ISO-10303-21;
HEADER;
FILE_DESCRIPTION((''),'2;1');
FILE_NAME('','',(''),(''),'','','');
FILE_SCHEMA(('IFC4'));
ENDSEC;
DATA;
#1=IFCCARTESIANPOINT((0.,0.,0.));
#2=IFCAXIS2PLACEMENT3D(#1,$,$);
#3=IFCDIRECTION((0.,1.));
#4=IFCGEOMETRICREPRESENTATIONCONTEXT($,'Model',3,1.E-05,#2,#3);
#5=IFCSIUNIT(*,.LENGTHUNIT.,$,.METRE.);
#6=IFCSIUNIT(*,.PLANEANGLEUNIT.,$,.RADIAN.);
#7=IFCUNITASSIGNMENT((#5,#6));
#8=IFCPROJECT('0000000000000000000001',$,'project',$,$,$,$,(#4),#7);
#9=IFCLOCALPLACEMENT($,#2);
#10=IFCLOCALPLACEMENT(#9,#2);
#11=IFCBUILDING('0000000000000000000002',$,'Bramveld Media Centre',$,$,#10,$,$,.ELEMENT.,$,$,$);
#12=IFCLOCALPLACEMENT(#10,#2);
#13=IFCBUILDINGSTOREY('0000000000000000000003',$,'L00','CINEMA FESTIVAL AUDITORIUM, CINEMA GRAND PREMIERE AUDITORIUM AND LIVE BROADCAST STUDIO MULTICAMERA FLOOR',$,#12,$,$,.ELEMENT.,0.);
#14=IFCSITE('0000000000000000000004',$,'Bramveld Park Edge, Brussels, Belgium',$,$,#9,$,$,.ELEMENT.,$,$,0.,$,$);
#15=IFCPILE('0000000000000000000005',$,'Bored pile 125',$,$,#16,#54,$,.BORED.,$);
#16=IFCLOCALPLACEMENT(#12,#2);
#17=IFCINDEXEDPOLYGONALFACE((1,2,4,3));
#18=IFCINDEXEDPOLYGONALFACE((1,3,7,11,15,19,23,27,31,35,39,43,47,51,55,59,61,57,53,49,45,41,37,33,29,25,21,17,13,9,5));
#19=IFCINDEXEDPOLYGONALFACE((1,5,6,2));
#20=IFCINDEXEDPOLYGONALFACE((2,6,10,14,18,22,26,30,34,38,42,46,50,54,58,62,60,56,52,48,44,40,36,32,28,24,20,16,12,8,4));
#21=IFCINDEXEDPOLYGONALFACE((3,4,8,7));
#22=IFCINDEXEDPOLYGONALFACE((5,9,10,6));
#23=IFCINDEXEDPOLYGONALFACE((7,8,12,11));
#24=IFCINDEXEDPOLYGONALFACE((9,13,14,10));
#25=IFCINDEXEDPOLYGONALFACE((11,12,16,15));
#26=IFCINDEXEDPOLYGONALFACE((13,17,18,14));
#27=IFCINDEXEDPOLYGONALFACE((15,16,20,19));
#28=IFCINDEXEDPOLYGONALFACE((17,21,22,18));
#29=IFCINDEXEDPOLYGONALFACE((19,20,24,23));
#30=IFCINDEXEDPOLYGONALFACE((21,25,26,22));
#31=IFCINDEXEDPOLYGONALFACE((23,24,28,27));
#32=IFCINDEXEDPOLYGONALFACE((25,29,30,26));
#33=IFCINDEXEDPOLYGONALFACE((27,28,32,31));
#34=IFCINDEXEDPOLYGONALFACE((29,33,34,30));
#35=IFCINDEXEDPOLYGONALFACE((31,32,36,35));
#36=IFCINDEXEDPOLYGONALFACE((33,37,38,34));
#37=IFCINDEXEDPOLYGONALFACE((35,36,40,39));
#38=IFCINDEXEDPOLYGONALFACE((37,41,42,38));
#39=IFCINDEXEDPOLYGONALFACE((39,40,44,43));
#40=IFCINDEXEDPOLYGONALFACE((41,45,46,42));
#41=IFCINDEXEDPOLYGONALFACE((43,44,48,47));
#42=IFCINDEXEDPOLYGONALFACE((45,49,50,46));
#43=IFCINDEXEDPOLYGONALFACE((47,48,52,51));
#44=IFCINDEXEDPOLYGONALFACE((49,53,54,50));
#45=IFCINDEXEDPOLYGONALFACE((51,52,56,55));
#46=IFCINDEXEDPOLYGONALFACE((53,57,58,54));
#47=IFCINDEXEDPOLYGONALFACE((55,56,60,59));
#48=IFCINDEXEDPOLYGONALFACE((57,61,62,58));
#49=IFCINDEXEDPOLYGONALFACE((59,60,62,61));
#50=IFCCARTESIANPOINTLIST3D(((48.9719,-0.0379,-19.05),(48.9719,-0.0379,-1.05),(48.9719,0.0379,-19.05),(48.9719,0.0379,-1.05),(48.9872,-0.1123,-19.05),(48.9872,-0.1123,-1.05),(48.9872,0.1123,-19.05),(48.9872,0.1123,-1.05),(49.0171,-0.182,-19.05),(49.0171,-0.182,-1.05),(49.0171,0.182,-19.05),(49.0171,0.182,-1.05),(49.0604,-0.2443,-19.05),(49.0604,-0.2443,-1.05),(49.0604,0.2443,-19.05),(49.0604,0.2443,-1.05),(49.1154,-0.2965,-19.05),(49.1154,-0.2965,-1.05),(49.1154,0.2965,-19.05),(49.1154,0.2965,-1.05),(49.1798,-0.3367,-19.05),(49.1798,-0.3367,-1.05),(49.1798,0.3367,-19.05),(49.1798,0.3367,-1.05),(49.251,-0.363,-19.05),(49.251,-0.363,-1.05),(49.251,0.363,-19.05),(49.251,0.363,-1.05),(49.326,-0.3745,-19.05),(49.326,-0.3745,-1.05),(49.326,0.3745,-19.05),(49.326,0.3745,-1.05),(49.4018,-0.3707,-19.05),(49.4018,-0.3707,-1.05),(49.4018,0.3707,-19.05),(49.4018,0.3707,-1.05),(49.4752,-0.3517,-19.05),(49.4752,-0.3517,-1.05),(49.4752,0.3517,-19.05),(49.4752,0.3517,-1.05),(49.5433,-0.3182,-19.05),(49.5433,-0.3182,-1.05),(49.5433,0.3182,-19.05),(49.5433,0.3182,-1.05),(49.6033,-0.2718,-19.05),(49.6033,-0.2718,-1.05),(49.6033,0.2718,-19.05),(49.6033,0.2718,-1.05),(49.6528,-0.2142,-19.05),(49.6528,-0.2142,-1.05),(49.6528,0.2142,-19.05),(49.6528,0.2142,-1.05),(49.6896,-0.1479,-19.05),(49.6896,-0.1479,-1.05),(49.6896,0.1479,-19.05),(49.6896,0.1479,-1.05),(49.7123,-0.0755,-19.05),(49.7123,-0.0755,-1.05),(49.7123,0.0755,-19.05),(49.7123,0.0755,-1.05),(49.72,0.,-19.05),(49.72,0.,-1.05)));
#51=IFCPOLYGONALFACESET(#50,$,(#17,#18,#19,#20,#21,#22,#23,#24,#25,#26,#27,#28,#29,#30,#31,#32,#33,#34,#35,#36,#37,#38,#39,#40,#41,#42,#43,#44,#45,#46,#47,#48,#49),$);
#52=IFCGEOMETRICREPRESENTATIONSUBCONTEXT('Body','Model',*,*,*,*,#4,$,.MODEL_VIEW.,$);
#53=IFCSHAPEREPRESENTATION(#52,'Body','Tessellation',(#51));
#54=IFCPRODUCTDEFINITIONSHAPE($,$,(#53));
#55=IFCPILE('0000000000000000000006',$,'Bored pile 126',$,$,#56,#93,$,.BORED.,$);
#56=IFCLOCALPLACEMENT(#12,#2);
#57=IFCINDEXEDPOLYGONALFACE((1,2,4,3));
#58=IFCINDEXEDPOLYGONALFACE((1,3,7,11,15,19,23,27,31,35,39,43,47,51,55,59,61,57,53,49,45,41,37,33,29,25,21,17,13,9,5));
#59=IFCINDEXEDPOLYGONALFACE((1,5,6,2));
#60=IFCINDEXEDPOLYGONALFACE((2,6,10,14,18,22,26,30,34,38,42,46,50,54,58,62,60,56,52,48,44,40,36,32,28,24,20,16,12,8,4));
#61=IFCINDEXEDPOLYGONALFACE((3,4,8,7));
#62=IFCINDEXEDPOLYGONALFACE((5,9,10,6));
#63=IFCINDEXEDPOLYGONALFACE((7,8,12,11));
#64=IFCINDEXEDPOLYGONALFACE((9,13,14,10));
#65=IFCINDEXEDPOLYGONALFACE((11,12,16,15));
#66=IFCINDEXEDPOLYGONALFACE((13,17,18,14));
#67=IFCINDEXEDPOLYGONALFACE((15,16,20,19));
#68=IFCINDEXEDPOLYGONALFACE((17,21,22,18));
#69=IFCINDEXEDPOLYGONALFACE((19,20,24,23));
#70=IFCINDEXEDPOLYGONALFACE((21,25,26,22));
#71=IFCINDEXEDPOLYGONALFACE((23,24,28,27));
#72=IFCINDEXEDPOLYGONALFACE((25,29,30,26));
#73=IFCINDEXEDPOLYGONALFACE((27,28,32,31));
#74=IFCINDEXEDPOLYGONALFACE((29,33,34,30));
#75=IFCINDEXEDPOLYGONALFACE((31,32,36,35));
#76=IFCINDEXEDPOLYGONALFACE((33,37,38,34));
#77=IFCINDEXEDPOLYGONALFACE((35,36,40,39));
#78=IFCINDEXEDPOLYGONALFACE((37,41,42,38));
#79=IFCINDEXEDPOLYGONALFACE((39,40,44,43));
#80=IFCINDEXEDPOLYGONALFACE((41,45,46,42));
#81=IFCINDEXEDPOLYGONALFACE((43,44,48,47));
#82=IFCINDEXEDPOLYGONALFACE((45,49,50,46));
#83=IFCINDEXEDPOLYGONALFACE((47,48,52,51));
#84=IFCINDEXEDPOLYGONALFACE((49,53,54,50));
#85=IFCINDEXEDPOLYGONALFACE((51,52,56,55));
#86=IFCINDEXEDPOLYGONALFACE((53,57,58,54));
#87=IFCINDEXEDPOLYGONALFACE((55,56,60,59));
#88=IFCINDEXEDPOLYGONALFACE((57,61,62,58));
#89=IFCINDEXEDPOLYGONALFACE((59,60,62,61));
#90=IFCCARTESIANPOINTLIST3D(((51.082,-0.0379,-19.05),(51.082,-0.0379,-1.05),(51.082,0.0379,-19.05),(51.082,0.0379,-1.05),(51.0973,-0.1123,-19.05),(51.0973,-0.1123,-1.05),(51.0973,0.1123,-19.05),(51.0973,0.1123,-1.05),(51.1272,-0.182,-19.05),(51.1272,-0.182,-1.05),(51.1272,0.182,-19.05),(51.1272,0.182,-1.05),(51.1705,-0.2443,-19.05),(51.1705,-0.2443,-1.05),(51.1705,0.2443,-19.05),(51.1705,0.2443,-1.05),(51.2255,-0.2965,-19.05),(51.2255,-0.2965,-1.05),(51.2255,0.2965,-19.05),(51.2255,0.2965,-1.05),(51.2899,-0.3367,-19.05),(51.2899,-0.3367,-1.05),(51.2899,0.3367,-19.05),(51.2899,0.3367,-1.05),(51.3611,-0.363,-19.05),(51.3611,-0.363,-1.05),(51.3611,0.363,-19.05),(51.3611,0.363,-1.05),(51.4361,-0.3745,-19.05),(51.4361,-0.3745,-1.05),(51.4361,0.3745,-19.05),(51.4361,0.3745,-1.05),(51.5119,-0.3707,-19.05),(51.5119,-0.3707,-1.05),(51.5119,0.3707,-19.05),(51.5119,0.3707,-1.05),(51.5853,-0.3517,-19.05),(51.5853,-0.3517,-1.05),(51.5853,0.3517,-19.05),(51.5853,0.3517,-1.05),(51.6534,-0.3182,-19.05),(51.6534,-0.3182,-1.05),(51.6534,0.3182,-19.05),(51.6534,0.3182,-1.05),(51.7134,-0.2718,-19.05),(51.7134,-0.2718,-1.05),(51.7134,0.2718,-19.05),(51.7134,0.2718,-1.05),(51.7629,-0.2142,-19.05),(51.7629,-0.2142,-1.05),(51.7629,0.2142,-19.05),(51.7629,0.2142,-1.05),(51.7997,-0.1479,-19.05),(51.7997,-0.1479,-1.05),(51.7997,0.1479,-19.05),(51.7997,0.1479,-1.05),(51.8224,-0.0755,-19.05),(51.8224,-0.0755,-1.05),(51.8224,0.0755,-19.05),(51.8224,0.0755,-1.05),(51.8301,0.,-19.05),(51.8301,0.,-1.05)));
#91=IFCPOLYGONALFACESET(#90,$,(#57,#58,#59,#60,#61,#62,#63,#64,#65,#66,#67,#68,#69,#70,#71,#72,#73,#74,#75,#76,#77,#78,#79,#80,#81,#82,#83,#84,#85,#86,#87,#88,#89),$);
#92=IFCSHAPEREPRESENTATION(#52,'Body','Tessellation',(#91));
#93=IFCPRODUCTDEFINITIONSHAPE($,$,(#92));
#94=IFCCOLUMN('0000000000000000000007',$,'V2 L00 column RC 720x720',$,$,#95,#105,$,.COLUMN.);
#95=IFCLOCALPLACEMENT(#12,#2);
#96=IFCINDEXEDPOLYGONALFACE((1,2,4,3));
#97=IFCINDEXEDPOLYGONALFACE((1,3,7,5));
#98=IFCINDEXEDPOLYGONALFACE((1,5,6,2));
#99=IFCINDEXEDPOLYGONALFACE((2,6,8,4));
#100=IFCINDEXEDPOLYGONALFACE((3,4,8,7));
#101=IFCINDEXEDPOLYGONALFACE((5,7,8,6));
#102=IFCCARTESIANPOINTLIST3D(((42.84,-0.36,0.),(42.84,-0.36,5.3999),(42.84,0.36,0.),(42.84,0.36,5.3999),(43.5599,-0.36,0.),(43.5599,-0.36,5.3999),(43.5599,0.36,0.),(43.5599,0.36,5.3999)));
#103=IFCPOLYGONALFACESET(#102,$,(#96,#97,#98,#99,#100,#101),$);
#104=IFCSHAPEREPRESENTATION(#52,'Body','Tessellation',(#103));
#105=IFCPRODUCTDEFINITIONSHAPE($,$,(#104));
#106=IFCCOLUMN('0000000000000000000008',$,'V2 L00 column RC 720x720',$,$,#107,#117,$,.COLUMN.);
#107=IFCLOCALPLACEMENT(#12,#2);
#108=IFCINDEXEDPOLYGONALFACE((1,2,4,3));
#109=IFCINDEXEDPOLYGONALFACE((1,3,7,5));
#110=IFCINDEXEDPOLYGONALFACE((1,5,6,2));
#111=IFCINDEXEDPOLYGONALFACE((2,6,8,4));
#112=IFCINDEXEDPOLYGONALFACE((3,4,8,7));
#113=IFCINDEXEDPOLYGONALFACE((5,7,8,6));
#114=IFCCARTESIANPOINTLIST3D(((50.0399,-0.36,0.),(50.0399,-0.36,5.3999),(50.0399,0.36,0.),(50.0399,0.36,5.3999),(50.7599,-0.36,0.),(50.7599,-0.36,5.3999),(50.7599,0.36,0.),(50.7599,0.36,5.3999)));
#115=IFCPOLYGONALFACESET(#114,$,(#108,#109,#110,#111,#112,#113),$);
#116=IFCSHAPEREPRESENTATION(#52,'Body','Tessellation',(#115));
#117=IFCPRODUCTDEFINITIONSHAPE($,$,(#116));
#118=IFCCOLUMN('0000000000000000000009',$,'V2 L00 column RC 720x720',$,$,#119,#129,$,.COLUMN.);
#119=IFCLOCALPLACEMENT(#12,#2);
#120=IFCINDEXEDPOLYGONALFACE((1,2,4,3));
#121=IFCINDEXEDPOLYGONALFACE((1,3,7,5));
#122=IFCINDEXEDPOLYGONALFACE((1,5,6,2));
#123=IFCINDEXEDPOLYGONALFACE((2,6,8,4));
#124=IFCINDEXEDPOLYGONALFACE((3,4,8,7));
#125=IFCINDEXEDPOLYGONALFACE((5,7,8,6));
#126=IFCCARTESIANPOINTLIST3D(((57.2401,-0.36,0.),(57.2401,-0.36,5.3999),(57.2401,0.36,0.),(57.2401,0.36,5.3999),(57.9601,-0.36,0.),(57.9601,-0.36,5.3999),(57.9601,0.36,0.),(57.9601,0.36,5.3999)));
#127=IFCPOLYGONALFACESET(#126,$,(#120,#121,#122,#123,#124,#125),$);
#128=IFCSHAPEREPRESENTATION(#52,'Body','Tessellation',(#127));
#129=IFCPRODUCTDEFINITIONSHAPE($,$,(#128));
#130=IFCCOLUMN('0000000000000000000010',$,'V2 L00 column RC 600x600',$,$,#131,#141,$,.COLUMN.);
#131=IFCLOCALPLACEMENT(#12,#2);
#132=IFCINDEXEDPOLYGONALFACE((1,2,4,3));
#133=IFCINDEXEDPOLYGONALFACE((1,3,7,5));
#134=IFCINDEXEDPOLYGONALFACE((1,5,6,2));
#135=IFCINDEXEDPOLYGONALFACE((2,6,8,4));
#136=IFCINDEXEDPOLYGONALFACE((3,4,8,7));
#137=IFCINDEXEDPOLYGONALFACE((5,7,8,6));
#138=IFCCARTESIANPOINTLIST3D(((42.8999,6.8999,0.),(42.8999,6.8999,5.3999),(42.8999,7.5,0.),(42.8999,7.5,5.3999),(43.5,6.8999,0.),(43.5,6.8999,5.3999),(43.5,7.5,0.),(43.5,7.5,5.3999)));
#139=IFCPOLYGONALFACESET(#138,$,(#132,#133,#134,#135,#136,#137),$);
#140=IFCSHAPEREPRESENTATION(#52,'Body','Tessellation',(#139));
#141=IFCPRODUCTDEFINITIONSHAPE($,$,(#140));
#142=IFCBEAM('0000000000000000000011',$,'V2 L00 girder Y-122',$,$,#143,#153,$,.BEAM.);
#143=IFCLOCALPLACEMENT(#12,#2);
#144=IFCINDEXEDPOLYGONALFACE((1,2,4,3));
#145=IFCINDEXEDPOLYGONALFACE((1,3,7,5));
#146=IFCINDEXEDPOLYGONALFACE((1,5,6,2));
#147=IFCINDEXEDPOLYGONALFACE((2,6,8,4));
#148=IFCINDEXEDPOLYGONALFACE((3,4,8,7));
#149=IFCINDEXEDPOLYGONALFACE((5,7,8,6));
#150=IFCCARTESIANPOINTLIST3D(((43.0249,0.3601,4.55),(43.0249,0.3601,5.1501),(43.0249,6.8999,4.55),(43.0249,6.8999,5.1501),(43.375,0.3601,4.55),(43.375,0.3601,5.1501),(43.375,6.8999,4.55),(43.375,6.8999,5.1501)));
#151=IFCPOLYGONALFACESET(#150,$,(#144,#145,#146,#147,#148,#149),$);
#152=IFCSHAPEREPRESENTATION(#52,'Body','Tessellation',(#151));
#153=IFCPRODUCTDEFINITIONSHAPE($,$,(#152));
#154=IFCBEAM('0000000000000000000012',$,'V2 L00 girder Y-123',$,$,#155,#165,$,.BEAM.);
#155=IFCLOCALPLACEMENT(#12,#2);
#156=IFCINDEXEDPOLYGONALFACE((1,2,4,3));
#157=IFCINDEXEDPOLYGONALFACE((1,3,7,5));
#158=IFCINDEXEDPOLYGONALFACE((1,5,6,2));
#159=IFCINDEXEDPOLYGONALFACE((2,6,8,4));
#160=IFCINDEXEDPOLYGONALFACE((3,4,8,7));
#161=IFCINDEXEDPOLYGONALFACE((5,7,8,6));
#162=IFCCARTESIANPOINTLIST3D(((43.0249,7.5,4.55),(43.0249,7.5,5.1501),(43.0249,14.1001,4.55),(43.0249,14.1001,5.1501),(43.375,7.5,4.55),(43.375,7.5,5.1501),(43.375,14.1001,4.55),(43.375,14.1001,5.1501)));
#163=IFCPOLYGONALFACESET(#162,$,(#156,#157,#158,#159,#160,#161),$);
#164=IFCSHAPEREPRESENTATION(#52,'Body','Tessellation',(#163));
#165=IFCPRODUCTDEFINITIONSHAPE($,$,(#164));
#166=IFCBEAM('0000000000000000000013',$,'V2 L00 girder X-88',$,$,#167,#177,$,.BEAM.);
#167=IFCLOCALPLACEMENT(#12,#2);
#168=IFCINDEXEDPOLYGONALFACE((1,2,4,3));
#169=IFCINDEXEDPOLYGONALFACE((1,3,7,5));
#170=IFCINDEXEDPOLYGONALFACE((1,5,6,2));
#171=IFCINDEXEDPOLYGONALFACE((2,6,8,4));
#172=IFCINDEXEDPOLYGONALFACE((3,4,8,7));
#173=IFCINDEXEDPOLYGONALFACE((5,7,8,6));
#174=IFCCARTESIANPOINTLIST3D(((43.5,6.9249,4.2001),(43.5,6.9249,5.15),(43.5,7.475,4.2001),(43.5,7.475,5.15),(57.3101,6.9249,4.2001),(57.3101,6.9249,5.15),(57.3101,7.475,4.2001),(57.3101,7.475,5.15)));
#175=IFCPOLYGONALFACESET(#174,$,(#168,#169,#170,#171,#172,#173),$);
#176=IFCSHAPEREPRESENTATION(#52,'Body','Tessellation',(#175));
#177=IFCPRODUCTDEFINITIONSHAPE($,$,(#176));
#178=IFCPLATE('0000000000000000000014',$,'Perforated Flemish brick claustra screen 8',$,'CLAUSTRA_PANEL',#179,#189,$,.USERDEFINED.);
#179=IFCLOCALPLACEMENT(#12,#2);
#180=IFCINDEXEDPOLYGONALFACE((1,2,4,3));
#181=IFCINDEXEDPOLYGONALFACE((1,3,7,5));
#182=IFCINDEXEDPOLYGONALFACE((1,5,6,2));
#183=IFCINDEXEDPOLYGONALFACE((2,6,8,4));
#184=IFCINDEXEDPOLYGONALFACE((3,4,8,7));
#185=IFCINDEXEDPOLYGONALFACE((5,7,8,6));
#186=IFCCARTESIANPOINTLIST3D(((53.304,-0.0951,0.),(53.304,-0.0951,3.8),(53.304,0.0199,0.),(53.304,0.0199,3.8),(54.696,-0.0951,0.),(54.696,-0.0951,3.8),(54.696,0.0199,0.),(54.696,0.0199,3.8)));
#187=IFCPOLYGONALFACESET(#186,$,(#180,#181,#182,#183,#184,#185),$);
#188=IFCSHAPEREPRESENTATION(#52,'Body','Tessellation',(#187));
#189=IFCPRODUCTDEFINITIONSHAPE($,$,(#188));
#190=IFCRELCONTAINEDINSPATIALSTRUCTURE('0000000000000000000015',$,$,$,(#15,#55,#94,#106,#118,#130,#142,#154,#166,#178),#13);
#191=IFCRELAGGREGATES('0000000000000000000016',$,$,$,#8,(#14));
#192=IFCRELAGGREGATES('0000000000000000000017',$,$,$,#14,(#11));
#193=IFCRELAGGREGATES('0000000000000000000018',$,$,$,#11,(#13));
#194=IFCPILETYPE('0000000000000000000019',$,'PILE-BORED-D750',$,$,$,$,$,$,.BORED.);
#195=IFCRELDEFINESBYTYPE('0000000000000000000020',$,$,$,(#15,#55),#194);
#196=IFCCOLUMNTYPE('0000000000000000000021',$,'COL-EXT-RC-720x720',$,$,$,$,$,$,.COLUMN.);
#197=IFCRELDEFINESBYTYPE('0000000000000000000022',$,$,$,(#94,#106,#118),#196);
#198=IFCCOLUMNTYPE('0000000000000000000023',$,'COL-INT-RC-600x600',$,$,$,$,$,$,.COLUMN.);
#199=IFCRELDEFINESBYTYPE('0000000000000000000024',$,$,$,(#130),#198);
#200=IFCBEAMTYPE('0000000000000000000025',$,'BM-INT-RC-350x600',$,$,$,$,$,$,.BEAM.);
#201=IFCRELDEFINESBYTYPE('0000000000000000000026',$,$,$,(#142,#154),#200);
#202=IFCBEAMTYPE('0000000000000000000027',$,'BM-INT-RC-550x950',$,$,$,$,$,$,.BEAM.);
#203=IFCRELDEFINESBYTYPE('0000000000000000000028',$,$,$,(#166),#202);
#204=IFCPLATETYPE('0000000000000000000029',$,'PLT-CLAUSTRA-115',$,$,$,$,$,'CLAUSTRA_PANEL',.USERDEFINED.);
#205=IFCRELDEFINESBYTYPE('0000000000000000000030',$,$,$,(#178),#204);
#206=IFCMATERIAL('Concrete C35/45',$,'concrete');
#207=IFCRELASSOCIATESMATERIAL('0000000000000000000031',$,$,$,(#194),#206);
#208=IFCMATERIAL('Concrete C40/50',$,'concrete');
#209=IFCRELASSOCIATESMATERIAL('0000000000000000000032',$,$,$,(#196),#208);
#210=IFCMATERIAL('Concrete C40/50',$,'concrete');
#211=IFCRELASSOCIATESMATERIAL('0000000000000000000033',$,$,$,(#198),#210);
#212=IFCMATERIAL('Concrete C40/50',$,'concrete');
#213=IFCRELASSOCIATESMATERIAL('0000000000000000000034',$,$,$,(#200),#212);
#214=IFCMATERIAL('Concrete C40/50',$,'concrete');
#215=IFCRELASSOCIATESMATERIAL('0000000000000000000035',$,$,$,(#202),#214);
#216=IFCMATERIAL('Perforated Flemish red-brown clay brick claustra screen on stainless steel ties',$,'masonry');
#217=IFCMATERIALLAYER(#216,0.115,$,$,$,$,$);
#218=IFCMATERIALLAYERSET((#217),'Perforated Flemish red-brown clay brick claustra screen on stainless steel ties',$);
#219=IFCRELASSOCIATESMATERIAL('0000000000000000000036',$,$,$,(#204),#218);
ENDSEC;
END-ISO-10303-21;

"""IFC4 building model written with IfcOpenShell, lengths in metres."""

from ifc_helpers import new_model, si_unit, direction, frame, origin, origin_2d, place, context, subcontext, project, spatial, rectangle, circle, extrude, material, layer, layer_set, material_profile, profile_set, type_object, element, save


model = new_model("IFC4")

# Units and contexts
model_context = context("Model", 3, precision=1e-05, world=origin(), true_north=direction((0.0, 1.0)))
body_context = subcontext(model_context, "Body", "Model", "MODEL_VIEW")
ifc_project = project(units=[si_unit("LENGTHUNIT", "METRE"), si_unit("PLANEANGLEUNIT", "RADIAN")], contexts=[model_context])

# Site, building, storey
site_placement = place(None, origin())
site = spatial("IfcSite", under=ifc_project, at=site_placement, Name="Bramveld Park Edge, Brussels, Belgium", CompositionType="ELEMENT", RefElevation=0.0)
building_placement = place(site_placement, origin())
building = spatial("IfcBuilding", under=site, at=building_placement, Name="Bramveld Media Centre", CompositionType="ELEMENT")
storey_placement = place(building_placement, origin())
storey = spatial("IfcBuildingStorey", under=building, at=storey_placement, Name="L00", Description="CINEMA FESTIVAL AUDITORIUM, CINEMA GRAND PREMIERE AUDITORIUM AND LIVE BROADCAST STUDIO MULTICAMERA FLOOR", CompositionType="ELEMENT", Elevation=0.0)

# Piles
ifc_material_1 = material(Name="Concrete C35/45", Category="concrete")
ifc_material_profile_1 = material_profile(ifc_material_1, circle(Radius=0.375, at=origin_2d()), Name="BORED D750")
ifc_profile_set_1 = profile_set([ifc_material_profile_1], Name="Concrete C35/45")
pile_type = type_object("IfcPileType", Name="PILE-BORED-D750", PredefinedType="BORED", material=ifc_profile_set_1)
for number, where, z_axis, x_axis, name in (
    (1, (49.345, 0.0, -1.05), (0.0, 0.0, -1.0), (1.0, 0.0, 0.0), "Bored pile 125"),
    (2, (51.4551, 0.0, -1.05), (0.0, 0.0, -1.0), (1.0, 0.0, 0.0), "Bored pile 126"),
):
    element("IfcPile", number, at=place(storey_placement, frame(where, z_axis=z_axis, x_axis=x_axis)), inside=storey, type_object=pile_type, Name=name, PredefinedType="BORED", context=body_context, shape_type="SweptSolid", body=[
        extrude(circle(Radius=0.375, at=origin_2d()), origin(), (0.0, 0.0, 1.0), 18.0),
    ])

# Columns
ifc_material_2 = material(Name="Concrete C40/50", Category="concrete")
ifc_material_profile_2 = material_profile(ifc_material_2, rectangle(XDim=0.72, YDim=0.72, at=origin_2d()), Name="RC 720x720")
ifc_profile_set_2 = profile_set([ifc_material_profile_2], Name="Concrete C40/50")
column_type_1 = type_object("IfcColumnType", Name="COL-EXT-RC-720x720", PredefinedType="COLUMN", material=ifc_profile_set_2)
for number, where, z_axis, x_axis, name in (
    (3, (43.2, 0.0, 0.0), (0.0, 0.0, 1.0), (1.0, 0.0, 0.0), "V2 L00 column RC 720x720"),
    (4, (50.3999, 0.0, 0.0), (0.0, 0.0, 1.0), (1.0, 0.0, 0.0), "V2 L00 column RC 720x720"),
    (5, (57.6001, 0.0, 0.0), (0.0, 0.0, 1.0), (1.0, 0.0, 0.0), "V2 L00 column RC 720x720"),
):
    element("IfcColumn", number, at=place(storey_placement, frame(where, z_axis=z_axis, x_axis=x_axis)), inside=storey, type_object=column_type_1, Name=name, PredefinedType="COLUMN", context=body_context, shape_type="SweptSolid", body=[
        extrude(rectangle(XDim=0.72, YDim=0.72, at=origin_2d()), origin(), (0.0, 0.0, 1.0), 5.3999),
    ])
ifc_material_3 = material(Name="Concrete C40/50", Category="concrete")
ifc_material_profile_3 = material_profile(ifc_material_3, rectangle(XDim=0.6001, YDim=0.6001, at=origin_2d()), Name="RC 600x600")
ifc_profile_set_3 = profile_set([ifc_material_profile_3], Name="Concrete C40/50")
column_type_2 = type_object("IfcColumnType", Name="COL-INT-RC-600x600", PredefinedType="COLUMN", material=ifc_profile_set_3)
column_placement = place(storey_placement, frame((43.2, 7.2, 0.0), z_axis=(0.0, 0.0, 1.0), x_axis=(1.0, 0.0, 0.0)))
element("IfcColumn", 6, at=column_placement, inside=storey, type_object=column_type_2, Name="V2 L00 column RC 600x600", PredefinedType="COLUMN", context=body_context, shape_type="SweptSolid", body=[
    extrude(rectangle(XDim=0.6001, YDim=0.6001, at=origin_2d()), origin(), (0.0, 0.0, 1.0), 5.3999),
])

# Beams
ifc_material_4 = material(Name="Concrete C40/50", Category="concrete")
ifc_material_profile_4 = material_profile(ifc_material_4, rectangle(XDim=0.3501, YDim=0.6001, at=origin_2d()), Name="RC 350x600")
ifc_profile_set_4 = profile_set([ifc_material_profile_4], Name="Concrete C40/50")
beam_type_1 = type_object("IfcBeamType", Name="BM-INT-RC-350x600", PredefinedType="BEAM", material=ifc_profile_set_4)
beam_1_placement = place(storey_placement, frame((43.2, 0.3601, 4.8501), z_axis=(0.0, 1.0, 0.0), x_axis=(-1.0, 0.0, 0.0)))
element("IfcBeam", 7, at=beam_1_placement, inside=storey, type_object=beam_type_1, Name="V2 L00 girder Y-122", PredefinedType="BEAM", context=body_context, shape_type="SweptSolid", body=[
    extrude(rectangle(XDim=0.3501, YDim=0.6001, at=origin_2d()), origin(), (0.0, 0.0, 1.0), 6.5398),
])
beam_2_placement = place(storey_placement, frame((43.2, 7.5, 4.8501), z_axis=(0.0, 1.0, 0.0), x_axis=(-1.0, 0.0, 0.0)))
element("IfcBeam", 8, at=beam_2_placement, inside=storey, type_object=beam_type_1, Name="V2 L00 girder Y-123", PredefinedType="BEAM", context=body_context, shape_type="SweptSolid", body=[
    extrude(rectangle(XDim=0.3501, YDim=0.6001, at=origin_2d()), origin(), (0.0, 0.0, 1.0), 6.6001),
])
ifc_material_5 = material(Name="Concrete C40/50", Category="concrete")
ifc_material_profile_5 = material_profile(ifc_material_5, rectangle(XDim=0.55, YDim=0.95, at=origin_2d()), Name="RC 550x950")
ifc_profile_set_5 = profile_set([ifc_material_profile_5], Name="Concrete C40/50")
beam_type_2 = type_object("IfcBeamType", Name="BM-INT-RC-550x950", PredefinedType="BEAM", material=ifc_profile_set_5)
beam_3_placement = place(storey_placement, frame((43.5, 7.2, 4.675), z_axis=(1.0, 0.0, 0.0), x_axis=(0.0, 1.0, 0.0)))
element("IfcBeam", 9, at=beam_3_placement, inside=storey, type_object=beam_type_2, Name="V2 L00 girder X-88", PredefinedType="BEAM", context=body_context, shape_type="SweptSolid", body=[
    extrude(rectangle(XDim=0.55, YDim=0.95, at=origin_2d()), origin(), (0.0, 0.0, 1.0), 13.8101),
])

# Plate
ifc_material_6 = material(Name="Perforated Flemish red-brown clay brick claustra screen on stainless steel ties", Category="masonry")
ifc_layer_1 = layer(ifc_material_6, 0.115)
ifc_layer_set_1 = layer_set([ifc_layer_1], Name="Perforated Flemish red-brown clay brick claustra screen on stainless steel ties")
plate_type = type_object("IfcPlateType", Name="PLT-CLAUSTRA-115", ElementType="CLAUSTRA_PANEL", PredefinedType="USERDEFINED", material=ifc_layer_set_1)
plate_placement = place(storey_placement, frame((54.0, -0.0376, 0.0), z_axis=(0.0, 0.0, 1.0), x_axis=(1.0, 0.0, 0.0)))
element("IfcPlate", 10, at=plate_placement, inside=storey, type_object=plate_type, Name="Perforated Flemish brick claustra screen 8", ObjectType="CLAUSTRA_PANEL", PredefinedType="USERDEFINED", context=body_context, shape_type="SweptSolid", body=[
    extrude(rectangle(XDim=1.3921, YDim=0.115, at=origin_2d()), origin(), (0.0, 0.0, 1.0), 3.8),
])

save(model, "model.ifc")
